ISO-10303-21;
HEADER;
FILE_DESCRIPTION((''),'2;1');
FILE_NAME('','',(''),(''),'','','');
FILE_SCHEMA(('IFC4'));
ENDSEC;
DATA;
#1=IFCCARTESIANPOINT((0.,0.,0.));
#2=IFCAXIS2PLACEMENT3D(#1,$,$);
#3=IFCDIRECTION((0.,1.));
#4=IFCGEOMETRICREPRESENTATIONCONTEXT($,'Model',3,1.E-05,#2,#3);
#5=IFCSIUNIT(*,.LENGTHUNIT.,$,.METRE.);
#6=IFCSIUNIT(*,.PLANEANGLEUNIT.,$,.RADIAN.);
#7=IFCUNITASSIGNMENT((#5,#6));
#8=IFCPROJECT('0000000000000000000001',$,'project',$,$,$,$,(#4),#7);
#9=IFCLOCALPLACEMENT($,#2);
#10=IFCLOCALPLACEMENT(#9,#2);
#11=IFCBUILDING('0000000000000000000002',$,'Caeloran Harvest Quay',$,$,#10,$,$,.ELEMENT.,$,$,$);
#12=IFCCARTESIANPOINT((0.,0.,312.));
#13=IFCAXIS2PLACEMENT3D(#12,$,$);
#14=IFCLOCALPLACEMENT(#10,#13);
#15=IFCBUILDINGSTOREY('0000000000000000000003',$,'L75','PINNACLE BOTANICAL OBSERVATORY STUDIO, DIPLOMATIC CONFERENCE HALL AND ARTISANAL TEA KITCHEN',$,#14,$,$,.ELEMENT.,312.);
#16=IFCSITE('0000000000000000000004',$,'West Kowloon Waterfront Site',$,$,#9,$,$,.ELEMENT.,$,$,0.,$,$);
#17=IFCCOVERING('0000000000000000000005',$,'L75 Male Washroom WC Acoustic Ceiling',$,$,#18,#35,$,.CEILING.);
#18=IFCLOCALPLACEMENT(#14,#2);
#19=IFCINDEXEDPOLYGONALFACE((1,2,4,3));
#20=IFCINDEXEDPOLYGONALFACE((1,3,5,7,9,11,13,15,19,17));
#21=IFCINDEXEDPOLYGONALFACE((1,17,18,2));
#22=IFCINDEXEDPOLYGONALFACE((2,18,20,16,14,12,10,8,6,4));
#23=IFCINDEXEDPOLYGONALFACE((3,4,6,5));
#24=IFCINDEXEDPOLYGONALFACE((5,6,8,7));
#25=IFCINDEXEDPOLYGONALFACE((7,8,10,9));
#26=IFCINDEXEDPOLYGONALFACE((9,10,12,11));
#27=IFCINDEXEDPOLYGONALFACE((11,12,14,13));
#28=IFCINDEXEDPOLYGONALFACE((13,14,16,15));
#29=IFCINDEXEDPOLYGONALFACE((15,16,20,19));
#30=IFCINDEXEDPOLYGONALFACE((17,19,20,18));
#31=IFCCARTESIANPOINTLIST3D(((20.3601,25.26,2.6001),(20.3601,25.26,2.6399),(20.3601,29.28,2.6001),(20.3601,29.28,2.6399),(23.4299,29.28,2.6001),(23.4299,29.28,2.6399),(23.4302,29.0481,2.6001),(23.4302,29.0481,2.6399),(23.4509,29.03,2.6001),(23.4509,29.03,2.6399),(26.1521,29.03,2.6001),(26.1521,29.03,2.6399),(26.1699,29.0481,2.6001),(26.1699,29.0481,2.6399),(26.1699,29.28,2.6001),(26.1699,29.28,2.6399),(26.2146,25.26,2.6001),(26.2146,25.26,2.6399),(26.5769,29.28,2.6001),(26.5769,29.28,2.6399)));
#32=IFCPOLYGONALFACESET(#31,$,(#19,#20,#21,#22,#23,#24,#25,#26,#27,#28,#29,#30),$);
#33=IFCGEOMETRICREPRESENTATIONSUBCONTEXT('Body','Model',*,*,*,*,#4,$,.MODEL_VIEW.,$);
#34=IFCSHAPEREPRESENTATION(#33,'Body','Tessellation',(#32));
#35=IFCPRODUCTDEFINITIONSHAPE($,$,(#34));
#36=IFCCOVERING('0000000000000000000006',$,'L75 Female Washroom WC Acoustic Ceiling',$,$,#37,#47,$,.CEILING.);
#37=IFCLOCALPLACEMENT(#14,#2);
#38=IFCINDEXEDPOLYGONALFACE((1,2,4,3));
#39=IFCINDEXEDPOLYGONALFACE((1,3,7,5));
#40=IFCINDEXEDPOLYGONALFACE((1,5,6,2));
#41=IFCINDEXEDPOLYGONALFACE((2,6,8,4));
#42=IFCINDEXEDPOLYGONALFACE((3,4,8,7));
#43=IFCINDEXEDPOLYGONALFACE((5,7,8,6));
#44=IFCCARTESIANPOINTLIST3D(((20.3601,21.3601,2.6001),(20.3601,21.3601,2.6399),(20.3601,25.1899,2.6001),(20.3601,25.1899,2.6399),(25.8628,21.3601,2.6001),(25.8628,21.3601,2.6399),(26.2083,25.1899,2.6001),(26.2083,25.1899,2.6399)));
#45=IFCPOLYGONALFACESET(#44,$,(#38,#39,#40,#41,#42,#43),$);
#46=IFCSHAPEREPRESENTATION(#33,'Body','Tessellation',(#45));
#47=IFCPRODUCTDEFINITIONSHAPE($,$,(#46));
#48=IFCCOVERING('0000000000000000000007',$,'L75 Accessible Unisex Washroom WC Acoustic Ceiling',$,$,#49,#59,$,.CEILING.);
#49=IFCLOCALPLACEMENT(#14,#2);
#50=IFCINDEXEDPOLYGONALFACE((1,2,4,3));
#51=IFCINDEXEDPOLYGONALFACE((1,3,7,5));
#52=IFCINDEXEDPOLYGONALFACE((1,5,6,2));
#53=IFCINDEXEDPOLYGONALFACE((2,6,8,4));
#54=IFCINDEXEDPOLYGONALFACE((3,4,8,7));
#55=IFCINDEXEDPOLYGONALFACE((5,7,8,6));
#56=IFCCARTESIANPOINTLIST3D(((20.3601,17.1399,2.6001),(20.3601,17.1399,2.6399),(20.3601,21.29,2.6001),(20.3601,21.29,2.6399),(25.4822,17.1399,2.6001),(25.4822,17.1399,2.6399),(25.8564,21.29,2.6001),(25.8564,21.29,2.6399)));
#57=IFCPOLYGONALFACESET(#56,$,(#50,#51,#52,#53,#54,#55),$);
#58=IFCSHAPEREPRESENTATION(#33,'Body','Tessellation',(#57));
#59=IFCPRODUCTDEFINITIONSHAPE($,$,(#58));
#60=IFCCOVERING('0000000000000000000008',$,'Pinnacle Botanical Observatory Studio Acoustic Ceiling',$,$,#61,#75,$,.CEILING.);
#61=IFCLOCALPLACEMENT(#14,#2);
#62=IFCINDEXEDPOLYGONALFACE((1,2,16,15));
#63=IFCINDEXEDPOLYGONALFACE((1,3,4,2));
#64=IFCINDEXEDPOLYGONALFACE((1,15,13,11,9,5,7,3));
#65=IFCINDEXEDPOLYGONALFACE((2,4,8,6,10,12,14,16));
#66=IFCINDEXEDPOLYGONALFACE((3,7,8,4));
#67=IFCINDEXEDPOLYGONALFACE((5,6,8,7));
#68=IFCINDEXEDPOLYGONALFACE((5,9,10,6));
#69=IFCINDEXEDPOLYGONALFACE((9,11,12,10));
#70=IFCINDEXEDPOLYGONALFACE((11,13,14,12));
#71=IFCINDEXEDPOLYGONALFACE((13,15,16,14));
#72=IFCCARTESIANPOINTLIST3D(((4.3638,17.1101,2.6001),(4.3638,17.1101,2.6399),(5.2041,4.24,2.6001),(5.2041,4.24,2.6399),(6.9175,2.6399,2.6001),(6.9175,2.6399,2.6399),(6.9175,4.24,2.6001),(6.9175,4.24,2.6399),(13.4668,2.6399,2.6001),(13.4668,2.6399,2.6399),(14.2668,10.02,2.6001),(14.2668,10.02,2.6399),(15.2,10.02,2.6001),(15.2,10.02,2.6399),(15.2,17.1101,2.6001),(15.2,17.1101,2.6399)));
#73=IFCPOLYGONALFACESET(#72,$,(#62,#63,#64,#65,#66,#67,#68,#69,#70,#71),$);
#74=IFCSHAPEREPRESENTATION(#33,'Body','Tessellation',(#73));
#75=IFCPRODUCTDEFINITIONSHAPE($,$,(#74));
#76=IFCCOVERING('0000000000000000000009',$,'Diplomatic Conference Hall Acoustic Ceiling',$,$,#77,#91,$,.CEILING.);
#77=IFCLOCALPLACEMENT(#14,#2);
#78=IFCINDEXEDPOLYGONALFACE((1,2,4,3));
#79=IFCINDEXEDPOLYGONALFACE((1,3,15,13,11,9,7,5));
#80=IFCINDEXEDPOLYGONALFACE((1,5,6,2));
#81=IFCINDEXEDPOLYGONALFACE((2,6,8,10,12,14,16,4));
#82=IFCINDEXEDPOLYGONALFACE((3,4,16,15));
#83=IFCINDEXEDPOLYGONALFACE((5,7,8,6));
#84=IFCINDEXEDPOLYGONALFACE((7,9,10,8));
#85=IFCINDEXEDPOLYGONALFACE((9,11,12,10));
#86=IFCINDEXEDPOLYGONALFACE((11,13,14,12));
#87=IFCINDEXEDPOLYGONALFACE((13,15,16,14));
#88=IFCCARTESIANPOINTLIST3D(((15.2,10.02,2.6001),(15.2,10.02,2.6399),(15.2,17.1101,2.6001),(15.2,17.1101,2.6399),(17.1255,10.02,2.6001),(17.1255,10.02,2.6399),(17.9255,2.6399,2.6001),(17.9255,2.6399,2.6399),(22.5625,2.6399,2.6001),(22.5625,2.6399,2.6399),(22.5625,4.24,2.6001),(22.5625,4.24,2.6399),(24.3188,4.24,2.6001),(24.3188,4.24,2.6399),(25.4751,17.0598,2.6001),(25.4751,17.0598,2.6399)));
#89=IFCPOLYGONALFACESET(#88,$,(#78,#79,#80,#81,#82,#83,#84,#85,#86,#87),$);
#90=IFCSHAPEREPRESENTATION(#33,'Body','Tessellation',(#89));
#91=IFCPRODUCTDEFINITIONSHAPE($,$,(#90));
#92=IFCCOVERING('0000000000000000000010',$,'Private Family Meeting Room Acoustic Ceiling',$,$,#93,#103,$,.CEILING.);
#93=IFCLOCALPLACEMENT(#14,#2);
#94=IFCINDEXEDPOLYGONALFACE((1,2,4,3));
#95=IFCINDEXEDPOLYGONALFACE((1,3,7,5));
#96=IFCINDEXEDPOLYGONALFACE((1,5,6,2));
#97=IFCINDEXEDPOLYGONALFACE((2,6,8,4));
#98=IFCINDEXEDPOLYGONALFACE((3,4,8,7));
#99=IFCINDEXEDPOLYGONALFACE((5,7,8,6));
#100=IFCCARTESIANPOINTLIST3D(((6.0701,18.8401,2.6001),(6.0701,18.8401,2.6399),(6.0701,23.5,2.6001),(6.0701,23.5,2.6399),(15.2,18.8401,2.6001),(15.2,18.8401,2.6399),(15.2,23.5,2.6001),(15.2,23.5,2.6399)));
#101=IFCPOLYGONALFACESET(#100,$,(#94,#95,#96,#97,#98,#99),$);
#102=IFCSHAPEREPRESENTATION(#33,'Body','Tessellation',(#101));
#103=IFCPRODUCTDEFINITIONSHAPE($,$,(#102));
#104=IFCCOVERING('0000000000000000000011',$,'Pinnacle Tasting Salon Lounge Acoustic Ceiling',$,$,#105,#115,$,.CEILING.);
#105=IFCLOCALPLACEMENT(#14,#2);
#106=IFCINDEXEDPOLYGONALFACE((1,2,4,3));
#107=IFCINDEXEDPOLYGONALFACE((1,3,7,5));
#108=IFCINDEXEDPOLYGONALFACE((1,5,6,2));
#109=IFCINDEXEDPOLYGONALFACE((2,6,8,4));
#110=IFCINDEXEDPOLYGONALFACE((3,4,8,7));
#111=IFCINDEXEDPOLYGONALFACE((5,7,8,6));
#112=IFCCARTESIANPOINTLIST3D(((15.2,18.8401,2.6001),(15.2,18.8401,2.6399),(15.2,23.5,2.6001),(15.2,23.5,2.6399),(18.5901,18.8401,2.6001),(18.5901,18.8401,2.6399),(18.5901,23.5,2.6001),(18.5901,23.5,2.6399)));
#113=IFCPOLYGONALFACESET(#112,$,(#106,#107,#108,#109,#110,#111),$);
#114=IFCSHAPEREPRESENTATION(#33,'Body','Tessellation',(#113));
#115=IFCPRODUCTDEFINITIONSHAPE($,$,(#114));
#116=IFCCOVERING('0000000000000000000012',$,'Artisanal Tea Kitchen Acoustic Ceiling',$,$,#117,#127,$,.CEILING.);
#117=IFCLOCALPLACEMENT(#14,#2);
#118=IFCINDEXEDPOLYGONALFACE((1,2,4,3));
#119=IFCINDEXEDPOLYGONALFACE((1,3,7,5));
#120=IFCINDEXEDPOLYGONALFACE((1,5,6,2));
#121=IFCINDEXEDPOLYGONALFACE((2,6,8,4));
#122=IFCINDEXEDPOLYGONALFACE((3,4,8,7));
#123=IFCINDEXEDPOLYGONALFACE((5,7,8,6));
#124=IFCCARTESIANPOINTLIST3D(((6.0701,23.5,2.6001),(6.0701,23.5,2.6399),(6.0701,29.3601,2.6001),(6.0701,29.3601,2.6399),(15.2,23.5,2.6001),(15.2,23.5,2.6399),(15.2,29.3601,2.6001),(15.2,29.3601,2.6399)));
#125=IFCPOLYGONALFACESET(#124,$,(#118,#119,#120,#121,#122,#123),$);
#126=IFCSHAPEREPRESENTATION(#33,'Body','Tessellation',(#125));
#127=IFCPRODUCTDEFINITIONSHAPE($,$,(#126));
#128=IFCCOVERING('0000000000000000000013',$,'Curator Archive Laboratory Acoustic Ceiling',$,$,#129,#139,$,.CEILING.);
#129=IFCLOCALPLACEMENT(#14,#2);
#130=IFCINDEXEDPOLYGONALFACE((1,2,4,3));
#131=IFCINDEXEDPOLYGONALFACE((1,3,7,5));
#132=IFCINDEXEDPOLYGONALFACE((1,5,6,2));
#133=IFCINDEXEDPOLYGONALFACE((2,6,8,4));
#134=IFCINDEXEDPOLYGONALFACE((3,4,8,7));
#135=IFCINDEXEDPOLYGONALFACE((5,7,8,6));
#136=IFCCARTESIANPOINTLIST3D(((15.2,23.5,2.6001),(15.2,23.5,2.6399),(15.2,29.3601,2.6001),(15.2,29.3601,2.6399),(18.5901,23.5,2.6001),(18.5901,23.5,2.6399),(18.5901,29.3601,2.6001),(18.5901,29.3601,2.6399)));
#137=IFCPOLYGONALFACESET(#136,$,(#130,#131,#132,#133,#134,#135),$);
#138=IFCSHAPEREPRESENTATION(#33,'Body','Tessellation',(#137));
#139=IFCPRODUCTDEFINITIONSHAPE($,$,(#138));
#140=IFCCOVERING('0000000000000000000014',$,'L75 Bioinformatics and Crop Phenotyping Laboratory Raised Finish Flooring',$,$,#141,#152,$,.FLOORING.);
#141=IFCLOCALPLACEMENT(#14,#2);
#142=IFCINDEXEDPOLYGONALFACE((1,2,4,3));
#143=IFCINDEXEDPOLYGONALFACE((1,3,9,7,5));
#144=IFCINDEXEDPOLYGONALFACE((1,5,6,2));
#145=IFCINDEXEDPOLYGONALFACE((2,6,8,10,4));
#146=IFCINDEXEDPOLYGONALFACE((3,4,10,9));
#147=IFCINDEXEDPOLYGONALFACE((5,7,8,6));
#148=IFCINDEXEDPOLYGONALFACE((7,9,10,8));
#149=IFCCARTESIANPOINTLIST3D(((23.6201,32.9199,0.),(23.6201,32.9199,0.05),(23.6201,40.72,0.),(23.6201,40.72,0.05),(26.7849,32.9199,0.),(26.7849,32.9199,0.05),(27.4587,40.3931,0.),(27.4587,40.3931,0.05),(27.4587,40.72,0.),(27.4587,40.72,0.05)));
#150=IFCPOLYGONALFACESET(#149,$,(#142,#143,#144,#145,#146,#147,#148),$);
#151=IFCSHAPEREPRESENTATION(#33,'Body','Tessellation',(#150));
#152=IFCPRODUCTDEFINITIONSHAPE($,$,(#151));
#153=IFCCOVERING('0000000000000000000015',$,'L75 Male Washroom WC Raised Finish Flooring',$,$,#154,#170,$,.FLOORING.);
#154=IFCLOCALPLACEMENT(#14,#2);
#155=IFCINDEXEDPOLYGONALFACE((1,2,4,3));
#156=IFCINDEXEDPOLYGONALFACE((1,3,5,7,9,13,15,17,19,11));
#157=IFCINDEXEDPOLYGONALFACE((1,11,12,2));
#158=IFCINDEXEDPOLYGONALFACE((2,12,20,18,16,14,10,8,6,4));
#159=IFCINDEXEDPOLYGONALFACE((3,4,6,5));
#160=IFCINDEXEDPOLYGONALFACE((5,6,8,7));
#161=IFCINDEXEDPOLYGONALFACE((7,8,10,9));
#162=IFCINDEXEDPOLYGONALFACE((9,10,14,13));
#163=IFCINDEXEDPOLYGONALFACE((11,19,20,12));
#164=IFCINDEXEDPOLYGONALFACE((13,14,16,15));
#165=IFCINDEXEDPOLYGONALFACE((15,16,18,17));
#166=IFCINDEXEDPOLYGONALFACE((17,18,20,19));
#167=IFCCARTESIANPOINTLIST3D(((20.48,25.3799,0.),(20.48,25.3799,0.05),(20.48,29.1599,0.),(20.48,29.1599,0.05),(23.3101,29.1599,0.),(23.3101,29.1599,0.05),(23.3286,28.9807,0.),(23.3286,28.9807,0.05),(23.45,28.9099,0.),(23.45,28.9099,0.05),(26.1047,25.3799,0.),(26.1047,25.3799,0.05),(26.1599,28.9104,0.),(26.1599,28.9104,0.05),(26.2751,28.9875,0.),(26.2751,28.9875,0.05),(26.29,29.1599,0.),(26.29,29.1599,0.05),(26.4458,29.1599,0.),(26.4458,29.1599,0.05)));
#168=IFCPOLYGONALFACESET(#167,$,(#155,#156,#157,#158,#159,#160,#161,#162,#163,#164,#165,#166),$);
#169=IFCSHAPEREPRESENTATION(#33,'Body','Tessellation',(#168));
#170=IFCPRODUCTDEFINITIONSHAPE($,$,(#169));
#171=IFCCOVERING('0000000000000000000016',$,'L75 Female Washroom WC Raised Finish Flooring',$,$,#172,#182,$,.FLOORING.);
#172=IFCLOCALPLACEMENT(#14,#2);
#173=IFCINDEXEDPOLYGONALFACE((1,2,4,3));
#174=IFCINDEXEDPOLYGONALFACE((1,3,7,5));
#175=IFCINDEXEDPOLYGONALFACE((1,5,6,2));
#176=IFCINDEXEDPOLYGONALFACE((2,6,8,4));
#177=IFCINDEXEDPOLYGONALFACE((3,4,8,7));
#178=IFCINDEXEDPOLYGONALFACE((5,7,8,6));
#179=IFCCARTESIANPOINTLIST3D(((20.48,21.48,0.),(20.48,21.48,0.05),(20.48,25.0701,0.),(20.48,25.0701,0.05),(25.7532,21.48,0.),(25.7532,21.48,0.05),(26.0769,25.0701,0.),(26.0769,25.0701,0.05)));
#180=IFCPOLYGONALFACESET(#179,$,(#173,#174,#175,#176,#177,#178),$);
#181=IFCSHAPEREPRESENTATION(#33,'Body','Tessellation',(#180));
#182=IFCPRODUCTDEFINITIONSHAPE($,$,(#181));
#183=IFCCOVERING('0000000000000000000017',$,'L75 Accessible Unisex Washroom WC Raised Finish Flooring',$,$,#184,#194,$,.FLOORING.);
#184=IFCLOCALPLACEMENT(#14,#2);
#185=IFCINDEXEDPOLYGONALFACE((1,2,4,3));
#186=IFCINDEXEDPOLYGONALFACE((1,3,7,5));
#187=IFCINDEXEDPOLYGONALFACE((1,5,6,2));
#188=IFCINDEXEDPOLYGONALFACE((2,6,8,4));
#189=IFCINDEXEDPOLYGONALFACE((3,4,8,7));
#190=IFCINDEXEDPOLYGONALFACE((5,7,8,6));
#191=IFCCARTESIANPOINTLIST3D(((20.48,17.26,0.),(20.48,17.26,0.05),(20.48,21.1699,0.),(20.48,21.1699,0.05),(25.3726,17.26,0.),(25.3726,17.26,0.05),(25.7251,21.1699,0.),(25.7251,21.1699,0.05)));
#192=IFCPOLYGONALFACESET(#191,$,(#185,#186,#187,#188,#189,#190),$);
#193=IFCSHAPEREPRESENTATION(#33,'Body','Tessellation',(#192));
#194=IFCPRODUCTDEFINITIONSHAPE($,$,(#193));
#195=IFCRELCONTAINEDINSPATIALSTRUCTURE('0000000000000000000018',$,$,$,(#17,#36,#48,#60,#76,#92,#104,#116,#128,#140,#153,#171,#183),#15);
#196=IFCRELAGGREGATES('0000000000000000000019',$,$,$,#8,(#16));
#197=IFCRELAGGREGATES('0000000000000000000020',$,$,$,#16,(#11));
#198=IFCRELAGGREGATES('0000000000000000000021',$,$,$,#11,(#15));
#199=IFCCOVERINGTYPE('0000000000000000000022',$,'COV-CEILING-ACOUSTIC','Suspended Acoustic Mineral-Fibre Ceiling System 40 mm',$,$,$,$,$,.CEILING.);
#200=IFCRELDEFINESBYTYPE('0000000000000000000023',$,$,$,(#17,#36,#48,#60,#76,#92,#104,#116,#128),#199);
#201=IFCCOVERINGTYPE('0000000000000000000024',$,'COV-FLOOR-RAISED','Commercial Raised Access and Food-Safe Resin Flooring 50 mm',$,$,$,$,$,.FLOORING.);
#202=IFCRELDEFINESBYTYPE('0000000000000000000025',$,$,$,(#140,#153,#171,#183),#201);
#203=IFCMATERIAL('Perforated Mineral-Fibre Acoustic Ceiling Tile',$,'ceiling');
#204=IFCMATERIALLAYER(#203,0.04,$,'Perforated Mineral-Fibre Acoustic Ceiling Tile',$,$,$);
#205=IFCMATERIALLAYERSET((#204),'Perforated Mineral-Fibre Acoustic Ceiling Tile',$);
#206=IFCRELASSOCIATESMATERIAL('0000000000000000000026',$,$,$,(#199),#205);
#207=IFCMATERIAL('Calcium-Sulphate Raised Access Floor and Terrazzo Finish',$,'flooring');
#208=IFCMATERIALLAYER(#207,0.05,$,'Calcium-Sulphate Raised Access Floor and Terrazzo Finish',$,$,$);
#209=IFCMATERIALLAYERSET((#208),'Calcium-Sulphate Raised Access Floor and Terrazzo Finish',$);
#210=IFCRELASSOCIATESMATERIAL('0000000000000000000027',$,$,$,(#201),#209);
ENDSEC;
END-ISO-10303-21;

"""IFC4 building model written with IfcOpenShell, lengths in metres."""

from ifc_helpers import new_model, si_unit, direction, frame, origin, place, context, subcontext, project, spatial, polyline, outline, extrude, material, layer, layer_set, type_object, element, save


model = new_model("IFC4")

# Units and contexts
model_context = context("Model", 3, precision=1e-05, world=origin(), true_north=direction((0.0, 1.0)))
body_context = subcontext(model_context, "Body", "Model", "MODEL_VIEW")
ifc_project = project(units=[si_unit("LENGTHUNIT", "METRE"), si_unit("PLANEANGLEUNIT", "RADIAN")], contexts=[model_context])

# Site, building, storey
site_placement = place(None, origin())
site = spatial("IfcSite", under=ifc_project, at=site_placement, Name="West Kowloon Waterfront Site", CompositionType="ELEMENT", RefElevation=0.0)
building_placement = place(site_placement, origin())
building = spatial("IfcBuilding", under=site, at=building_placement, Name="Caeloran Harvest Quay", CompositionType="ELEMENT")
storey_placement = place(building_placement, frame((0.0, 0.0, 312.0)))
storey = spatial("IfcBuildingStorey", under=building, at=storey_placement, Name="L75", Description="PINNACLE BOTANICAL OBSERVATORY STUDIO, DIPLOMATIC CONFERENCE HALL AND ARTISANAL TEA KITCHEN", CompositionType="ELEMENT", Elevation=312.0)

# Coverings
ifc_material_1 = material(Name="Perforated Mineral-Fibre Acoustic Ceiling Tile", Category="ceiling")
ifc_layer_1 = layer(ifc_material_1, 0.04, Name="Perforated Mineral-Fibre Acoustic Ceiling Tile")
ifc_layer_set_1 = layer_set([ifc_layer_1], Name="Perforated Mineral-Fibre Acoustic Ceiling Tile")
covering_type_1 = type_object("IfcCoveringType", Name="COV-CEILING-ACOUSTIC", Description="Suspended Acoustic Mineral-Fibre Ceiling System 40 mm", PredefinedType="CEILING", material=ifc_layer_set_1)
covering_1_placement = place(storey_placement, frame((0.0, 0.0, 2.6001)))
element("IfcCovering", 1, at=covering_1_placement, inside=storey, type_object=covering_type_1, Name="L75 Male Washroom WC Acoustic Ceiling", PredefinedType="CEILING", context=body_context, shape_type="SweptSolid", body=[
    extrude(outline(polyline([(23.4299, 29.28), (23.4302, 29.0481), (23.4509, 29.03), (26.1521, 29.03), (26.1699, 29.0481), (26.1699, 29.28), (26.5769, 29.28), (26.2146, 25.26), (20.3601, 25.26), (20.3601, 29.28), (23.4299, 29.28)])), origin(), (0.0, 0.0, 1.0), 0.0398),
])
covering_2_placement = place(storey_placement, frame((0.0, 0.0, 2.6001)))
element("IfcCovering", 2, at=covering_2_placement, inside=storey, type_object=covering_type_1, Name="L75 Female Washroom WC Acoustic Ceiling", PredefinedType="CEILING", context=body_context, shape_type="SweptSolid", body=[
    extrude(outline(polyline([(26.2083, 25.1899), (25.8628, 21.3601), (20.3601, 21.3601), (20.3601, 25.1899), (26.2083, 25.1899)])), origin(), (0.0, 0.0, 1.0), 0.0398),
])
covering_3_placement = place(storey_placement, frame((0.0, 0.0, 2.6001)))
element("IfcCovering", 3, at=covering_3_placement, inside=storey, type_object=covering_type_1, Name="L75 Accessible Unisex Washroom WC Acoustic Ceiling", PredefinedType="CEILING", context=body_context, shape_type="SweptSolid", body=[
    extrude(outline(polyline([(25.8564, 21.29), (25.4822, 17.1399), (20.3601, 17.1399), (20.3601, 21.29), (25.8564, 21.29)])), origin(), (0.0, 0.0, 1.0), 0.0398),
])
covering_4_placement = place(storey_placement, frame((0.0, 0.0, 2.6001)))
element("IfcCovering", 4, at=covering_4_placement, inside=storey, type_object=covering_type_1, Name="Pinnacle Botanical Observatory Studio Acoustic Ceiling", PredefinedType="CEILING", context=body_context, shape_type="SweptSolid", body=[
    extrude(outline(polyline([(14.2668, 10.02), (13.4668, 2.6399), (6.9175, 2.6399), (6.9175, 4.24), (5.2041, 4.24), (4.3638, 17.1101), (15.2, 17.1101), (15.2, 10.02), (14.2668, 10.02)])), origin(), (0.0, 0.0, 1.0), 0.0398),
])
covering_5_placement = place(storey_placement, frame((0.0, 0.0, 2.6001)))
element("IfcCovering", 5, at=covering_5_placement, inside=storey, type_object=covering_type_1, Name="Diplomatic Conference Hall Acoustic Ceiling", PredefinedType="CEILING", context=body_context, shape_type="SweptSolid", body=[
    extrude(outline(polyline([(22.5625, 4.24), (22.5625, 2.6399), (17.9255, 2.6399), (17.1255, 10.02), (15.2, 10.02), (15.2, 17.1101), (25.4751, 17.0598), (24.3188, 4.24), (22.5625, 4.24)])), origin(), (0.0, 0.0, 1.0), 0.0398),
])
covering_6_placement = place(storey_placement, frame((0.0, 0.0, 2.6001)))
element("IfcCovering", 6, at=covering_6_placement, inside=storey, type_object=covering_type_1, Name="Private Family Meeting Room Acoustic Ceiling", PredefinedType="CEILING", context=body_context, shape_type="SweptSolid", body=[
    extrude(outline(polyline([(6.0701, 23.5), (15.2, 23.5), (15.2, 18.8401), (6.0701, 18.8401), (6.0701, 23.5)])), origin(), (0.0, 0.0, 1.0), 0.0398),
])
covering_7_placement = place(storey_placement, frame((0.0, 0.0, 2.6001)))
element("IfcCovering", 7, at=covering_7_placement, inside=storey, type_object=covering_type_1, Name="Pinnacle Tasting Salon Lounge Acoustic Ceiling", PredefinedType="CEILING", context=body_context, shape_type="SweptSolid", body=[
    extrude(outline(polyline([(18.5901, 23.5), (18.5901, 18.8401), (15.2, 18.8401), (15.2, 23.5), (18.5901, 23.5)])), origin(), (0.0, 0.0, 1.0), 0.0398),
])
covering_8_placement = place(storey_placement, frame((0.0, 0.0, 2.6001)))
element("IfcCovering", 8, at=covering_8_placement, inside=storey, type_object=covering_type_1, Name="Artisanal Tea Kitchen Acoustic Ceiling", PredefinedType="CEILING", context=body_context, shape_type="SweptSolid", body=[
    extrude(outline(polyline([(6.0701, 23.5), (6.0701, 29.3601), (15.2, 29.3601), (15.2, 23.5), (6.0701, 23.5)])), origin(), (0.0, 0.0, 1.0), 0.0398),
])
covering_9_placement = place(storey_placement, frame((0.0, 0.0, 2.6001)))
element("IfcCovering", 9, at=covering_9_placement, inside=storey, type_object=covering_type_1, Name="Curator Archive Laboratory Acoustic Ceiling", PredefinedType="CEILING", context=body_context, shape_type="SweptSolid", body=[
    extrude(outline(polyline([(15.2, 29.3601), (18.5901, 29.3601), (18.5901, 23.5), (15.2, 23.5), (15.2, 29.3601)])), origin(), (0.0, 0.0, 1.0), 0.0398),
])
ifc_material_2 = material(Name="Calcium-Sulphate Raised Access Floor and Terrazzo Finish", Category="flooring")
ifc_layer_2 = layer(ifc_material_2, 0.05, Name="Calcium-Sulphate Raised Access Floor and Terrazzo Finish")
ifc_layer_set_2 = layer_set([ifc_layer_2], Name="Calcium-Sulphate Raised Access Floor and Terrazzo Finish")
covering_type_2 = type_object("IfcCoveringType", Name="COV-FLOOR-RAISED", Description="Commercial Raised Access and Food-Safe Resin Flooring 50 mm", PredefinedType="FLOORING", material=ifc_layer_set_2)
covering_10_placement = place(storey_placement, origin())
element("IfcCovering", 10, at=covering_10_placement, inside=storey, type_object=covering_type_2, Name="L75 Bioinformatics and Crop Phenotyping Laboratory Raised Finish Flooring", PredefinedType="FLOORING", context=body_context, shape_type="SweptSolid", body=[
    extrude(outline(polyline([(27.4587, 40.3931), (26.7849, 32.9199), (23.6201, 32.9199), (23.6201, 40.72), (27.4587, 40.72), (27.4587, 40.3931)])), origin(), (0.0, 0.0, 1.0), 0.05),
])
covering_11_placement = place(storey_placement, origin())
element("IfcCovering", 11, at=covering_11_placement, inside=storey, type_object=covering_type_2, Name="L75 Male Washroom WC Raised Finish Flooring", PredefinedType="FLOORING", context=body_context, shape_type="SweptSolid", body=[
    extrude(outline(polyline([(23.3101, 29.1599), (23.3286, 28.9807), (23.45, 28.9099), (26.1599, 28.9104), (26.2751, 28.9875), (26.29, 29.1599), (26.4458, 29.1599), (26.1047, 25.3799), (20.48, 25.3799), (20.48, 29.1599), (23.3101, 29.1599)])), origin(), (0.0, 0.0, 1.0), 0.05),
])
covering_12_placement = place(storey_placement, origin())
element("IfcCovering", 12, at=covering_12_placement, inside=storey, type_object=covering_type_2, Name="L75 Female Washroom WC Raised Finish Flooring", PredefinedType="FLOORING", context=body_context, shape_type="SweptSolid", body=[
    extrude(outline(polyline([(26.0769, 25.0701), (25.7532, 21.48), (20.48, 21.48), (20.48, 25.0701), (26.0769, 25.0701)])), origin(), (0.0, 0.0, 1.0), 0.05),
])
covering_13_placement = place(storey_placement, origin())
element("IfcCovering", 13, at=covering_13_placement, inside=storey, type_object=covering_type_2, Name="L75 Accessible Unisex Washroom WC Raised Finish Flooring", PredefinedType="FLOORING", context=body_context, shape_type="SweptSolid", body=[
    extrude(outline(polyline([(25.7251, 21.1699), (25.3726, 17.26), (20.48, 17.26), (20.48, 21.1699), (25.7251, 21.1699)])), origin(), (0.0, 0.0, 1.0), 0.05),
])

save(model, "model.ifc")
